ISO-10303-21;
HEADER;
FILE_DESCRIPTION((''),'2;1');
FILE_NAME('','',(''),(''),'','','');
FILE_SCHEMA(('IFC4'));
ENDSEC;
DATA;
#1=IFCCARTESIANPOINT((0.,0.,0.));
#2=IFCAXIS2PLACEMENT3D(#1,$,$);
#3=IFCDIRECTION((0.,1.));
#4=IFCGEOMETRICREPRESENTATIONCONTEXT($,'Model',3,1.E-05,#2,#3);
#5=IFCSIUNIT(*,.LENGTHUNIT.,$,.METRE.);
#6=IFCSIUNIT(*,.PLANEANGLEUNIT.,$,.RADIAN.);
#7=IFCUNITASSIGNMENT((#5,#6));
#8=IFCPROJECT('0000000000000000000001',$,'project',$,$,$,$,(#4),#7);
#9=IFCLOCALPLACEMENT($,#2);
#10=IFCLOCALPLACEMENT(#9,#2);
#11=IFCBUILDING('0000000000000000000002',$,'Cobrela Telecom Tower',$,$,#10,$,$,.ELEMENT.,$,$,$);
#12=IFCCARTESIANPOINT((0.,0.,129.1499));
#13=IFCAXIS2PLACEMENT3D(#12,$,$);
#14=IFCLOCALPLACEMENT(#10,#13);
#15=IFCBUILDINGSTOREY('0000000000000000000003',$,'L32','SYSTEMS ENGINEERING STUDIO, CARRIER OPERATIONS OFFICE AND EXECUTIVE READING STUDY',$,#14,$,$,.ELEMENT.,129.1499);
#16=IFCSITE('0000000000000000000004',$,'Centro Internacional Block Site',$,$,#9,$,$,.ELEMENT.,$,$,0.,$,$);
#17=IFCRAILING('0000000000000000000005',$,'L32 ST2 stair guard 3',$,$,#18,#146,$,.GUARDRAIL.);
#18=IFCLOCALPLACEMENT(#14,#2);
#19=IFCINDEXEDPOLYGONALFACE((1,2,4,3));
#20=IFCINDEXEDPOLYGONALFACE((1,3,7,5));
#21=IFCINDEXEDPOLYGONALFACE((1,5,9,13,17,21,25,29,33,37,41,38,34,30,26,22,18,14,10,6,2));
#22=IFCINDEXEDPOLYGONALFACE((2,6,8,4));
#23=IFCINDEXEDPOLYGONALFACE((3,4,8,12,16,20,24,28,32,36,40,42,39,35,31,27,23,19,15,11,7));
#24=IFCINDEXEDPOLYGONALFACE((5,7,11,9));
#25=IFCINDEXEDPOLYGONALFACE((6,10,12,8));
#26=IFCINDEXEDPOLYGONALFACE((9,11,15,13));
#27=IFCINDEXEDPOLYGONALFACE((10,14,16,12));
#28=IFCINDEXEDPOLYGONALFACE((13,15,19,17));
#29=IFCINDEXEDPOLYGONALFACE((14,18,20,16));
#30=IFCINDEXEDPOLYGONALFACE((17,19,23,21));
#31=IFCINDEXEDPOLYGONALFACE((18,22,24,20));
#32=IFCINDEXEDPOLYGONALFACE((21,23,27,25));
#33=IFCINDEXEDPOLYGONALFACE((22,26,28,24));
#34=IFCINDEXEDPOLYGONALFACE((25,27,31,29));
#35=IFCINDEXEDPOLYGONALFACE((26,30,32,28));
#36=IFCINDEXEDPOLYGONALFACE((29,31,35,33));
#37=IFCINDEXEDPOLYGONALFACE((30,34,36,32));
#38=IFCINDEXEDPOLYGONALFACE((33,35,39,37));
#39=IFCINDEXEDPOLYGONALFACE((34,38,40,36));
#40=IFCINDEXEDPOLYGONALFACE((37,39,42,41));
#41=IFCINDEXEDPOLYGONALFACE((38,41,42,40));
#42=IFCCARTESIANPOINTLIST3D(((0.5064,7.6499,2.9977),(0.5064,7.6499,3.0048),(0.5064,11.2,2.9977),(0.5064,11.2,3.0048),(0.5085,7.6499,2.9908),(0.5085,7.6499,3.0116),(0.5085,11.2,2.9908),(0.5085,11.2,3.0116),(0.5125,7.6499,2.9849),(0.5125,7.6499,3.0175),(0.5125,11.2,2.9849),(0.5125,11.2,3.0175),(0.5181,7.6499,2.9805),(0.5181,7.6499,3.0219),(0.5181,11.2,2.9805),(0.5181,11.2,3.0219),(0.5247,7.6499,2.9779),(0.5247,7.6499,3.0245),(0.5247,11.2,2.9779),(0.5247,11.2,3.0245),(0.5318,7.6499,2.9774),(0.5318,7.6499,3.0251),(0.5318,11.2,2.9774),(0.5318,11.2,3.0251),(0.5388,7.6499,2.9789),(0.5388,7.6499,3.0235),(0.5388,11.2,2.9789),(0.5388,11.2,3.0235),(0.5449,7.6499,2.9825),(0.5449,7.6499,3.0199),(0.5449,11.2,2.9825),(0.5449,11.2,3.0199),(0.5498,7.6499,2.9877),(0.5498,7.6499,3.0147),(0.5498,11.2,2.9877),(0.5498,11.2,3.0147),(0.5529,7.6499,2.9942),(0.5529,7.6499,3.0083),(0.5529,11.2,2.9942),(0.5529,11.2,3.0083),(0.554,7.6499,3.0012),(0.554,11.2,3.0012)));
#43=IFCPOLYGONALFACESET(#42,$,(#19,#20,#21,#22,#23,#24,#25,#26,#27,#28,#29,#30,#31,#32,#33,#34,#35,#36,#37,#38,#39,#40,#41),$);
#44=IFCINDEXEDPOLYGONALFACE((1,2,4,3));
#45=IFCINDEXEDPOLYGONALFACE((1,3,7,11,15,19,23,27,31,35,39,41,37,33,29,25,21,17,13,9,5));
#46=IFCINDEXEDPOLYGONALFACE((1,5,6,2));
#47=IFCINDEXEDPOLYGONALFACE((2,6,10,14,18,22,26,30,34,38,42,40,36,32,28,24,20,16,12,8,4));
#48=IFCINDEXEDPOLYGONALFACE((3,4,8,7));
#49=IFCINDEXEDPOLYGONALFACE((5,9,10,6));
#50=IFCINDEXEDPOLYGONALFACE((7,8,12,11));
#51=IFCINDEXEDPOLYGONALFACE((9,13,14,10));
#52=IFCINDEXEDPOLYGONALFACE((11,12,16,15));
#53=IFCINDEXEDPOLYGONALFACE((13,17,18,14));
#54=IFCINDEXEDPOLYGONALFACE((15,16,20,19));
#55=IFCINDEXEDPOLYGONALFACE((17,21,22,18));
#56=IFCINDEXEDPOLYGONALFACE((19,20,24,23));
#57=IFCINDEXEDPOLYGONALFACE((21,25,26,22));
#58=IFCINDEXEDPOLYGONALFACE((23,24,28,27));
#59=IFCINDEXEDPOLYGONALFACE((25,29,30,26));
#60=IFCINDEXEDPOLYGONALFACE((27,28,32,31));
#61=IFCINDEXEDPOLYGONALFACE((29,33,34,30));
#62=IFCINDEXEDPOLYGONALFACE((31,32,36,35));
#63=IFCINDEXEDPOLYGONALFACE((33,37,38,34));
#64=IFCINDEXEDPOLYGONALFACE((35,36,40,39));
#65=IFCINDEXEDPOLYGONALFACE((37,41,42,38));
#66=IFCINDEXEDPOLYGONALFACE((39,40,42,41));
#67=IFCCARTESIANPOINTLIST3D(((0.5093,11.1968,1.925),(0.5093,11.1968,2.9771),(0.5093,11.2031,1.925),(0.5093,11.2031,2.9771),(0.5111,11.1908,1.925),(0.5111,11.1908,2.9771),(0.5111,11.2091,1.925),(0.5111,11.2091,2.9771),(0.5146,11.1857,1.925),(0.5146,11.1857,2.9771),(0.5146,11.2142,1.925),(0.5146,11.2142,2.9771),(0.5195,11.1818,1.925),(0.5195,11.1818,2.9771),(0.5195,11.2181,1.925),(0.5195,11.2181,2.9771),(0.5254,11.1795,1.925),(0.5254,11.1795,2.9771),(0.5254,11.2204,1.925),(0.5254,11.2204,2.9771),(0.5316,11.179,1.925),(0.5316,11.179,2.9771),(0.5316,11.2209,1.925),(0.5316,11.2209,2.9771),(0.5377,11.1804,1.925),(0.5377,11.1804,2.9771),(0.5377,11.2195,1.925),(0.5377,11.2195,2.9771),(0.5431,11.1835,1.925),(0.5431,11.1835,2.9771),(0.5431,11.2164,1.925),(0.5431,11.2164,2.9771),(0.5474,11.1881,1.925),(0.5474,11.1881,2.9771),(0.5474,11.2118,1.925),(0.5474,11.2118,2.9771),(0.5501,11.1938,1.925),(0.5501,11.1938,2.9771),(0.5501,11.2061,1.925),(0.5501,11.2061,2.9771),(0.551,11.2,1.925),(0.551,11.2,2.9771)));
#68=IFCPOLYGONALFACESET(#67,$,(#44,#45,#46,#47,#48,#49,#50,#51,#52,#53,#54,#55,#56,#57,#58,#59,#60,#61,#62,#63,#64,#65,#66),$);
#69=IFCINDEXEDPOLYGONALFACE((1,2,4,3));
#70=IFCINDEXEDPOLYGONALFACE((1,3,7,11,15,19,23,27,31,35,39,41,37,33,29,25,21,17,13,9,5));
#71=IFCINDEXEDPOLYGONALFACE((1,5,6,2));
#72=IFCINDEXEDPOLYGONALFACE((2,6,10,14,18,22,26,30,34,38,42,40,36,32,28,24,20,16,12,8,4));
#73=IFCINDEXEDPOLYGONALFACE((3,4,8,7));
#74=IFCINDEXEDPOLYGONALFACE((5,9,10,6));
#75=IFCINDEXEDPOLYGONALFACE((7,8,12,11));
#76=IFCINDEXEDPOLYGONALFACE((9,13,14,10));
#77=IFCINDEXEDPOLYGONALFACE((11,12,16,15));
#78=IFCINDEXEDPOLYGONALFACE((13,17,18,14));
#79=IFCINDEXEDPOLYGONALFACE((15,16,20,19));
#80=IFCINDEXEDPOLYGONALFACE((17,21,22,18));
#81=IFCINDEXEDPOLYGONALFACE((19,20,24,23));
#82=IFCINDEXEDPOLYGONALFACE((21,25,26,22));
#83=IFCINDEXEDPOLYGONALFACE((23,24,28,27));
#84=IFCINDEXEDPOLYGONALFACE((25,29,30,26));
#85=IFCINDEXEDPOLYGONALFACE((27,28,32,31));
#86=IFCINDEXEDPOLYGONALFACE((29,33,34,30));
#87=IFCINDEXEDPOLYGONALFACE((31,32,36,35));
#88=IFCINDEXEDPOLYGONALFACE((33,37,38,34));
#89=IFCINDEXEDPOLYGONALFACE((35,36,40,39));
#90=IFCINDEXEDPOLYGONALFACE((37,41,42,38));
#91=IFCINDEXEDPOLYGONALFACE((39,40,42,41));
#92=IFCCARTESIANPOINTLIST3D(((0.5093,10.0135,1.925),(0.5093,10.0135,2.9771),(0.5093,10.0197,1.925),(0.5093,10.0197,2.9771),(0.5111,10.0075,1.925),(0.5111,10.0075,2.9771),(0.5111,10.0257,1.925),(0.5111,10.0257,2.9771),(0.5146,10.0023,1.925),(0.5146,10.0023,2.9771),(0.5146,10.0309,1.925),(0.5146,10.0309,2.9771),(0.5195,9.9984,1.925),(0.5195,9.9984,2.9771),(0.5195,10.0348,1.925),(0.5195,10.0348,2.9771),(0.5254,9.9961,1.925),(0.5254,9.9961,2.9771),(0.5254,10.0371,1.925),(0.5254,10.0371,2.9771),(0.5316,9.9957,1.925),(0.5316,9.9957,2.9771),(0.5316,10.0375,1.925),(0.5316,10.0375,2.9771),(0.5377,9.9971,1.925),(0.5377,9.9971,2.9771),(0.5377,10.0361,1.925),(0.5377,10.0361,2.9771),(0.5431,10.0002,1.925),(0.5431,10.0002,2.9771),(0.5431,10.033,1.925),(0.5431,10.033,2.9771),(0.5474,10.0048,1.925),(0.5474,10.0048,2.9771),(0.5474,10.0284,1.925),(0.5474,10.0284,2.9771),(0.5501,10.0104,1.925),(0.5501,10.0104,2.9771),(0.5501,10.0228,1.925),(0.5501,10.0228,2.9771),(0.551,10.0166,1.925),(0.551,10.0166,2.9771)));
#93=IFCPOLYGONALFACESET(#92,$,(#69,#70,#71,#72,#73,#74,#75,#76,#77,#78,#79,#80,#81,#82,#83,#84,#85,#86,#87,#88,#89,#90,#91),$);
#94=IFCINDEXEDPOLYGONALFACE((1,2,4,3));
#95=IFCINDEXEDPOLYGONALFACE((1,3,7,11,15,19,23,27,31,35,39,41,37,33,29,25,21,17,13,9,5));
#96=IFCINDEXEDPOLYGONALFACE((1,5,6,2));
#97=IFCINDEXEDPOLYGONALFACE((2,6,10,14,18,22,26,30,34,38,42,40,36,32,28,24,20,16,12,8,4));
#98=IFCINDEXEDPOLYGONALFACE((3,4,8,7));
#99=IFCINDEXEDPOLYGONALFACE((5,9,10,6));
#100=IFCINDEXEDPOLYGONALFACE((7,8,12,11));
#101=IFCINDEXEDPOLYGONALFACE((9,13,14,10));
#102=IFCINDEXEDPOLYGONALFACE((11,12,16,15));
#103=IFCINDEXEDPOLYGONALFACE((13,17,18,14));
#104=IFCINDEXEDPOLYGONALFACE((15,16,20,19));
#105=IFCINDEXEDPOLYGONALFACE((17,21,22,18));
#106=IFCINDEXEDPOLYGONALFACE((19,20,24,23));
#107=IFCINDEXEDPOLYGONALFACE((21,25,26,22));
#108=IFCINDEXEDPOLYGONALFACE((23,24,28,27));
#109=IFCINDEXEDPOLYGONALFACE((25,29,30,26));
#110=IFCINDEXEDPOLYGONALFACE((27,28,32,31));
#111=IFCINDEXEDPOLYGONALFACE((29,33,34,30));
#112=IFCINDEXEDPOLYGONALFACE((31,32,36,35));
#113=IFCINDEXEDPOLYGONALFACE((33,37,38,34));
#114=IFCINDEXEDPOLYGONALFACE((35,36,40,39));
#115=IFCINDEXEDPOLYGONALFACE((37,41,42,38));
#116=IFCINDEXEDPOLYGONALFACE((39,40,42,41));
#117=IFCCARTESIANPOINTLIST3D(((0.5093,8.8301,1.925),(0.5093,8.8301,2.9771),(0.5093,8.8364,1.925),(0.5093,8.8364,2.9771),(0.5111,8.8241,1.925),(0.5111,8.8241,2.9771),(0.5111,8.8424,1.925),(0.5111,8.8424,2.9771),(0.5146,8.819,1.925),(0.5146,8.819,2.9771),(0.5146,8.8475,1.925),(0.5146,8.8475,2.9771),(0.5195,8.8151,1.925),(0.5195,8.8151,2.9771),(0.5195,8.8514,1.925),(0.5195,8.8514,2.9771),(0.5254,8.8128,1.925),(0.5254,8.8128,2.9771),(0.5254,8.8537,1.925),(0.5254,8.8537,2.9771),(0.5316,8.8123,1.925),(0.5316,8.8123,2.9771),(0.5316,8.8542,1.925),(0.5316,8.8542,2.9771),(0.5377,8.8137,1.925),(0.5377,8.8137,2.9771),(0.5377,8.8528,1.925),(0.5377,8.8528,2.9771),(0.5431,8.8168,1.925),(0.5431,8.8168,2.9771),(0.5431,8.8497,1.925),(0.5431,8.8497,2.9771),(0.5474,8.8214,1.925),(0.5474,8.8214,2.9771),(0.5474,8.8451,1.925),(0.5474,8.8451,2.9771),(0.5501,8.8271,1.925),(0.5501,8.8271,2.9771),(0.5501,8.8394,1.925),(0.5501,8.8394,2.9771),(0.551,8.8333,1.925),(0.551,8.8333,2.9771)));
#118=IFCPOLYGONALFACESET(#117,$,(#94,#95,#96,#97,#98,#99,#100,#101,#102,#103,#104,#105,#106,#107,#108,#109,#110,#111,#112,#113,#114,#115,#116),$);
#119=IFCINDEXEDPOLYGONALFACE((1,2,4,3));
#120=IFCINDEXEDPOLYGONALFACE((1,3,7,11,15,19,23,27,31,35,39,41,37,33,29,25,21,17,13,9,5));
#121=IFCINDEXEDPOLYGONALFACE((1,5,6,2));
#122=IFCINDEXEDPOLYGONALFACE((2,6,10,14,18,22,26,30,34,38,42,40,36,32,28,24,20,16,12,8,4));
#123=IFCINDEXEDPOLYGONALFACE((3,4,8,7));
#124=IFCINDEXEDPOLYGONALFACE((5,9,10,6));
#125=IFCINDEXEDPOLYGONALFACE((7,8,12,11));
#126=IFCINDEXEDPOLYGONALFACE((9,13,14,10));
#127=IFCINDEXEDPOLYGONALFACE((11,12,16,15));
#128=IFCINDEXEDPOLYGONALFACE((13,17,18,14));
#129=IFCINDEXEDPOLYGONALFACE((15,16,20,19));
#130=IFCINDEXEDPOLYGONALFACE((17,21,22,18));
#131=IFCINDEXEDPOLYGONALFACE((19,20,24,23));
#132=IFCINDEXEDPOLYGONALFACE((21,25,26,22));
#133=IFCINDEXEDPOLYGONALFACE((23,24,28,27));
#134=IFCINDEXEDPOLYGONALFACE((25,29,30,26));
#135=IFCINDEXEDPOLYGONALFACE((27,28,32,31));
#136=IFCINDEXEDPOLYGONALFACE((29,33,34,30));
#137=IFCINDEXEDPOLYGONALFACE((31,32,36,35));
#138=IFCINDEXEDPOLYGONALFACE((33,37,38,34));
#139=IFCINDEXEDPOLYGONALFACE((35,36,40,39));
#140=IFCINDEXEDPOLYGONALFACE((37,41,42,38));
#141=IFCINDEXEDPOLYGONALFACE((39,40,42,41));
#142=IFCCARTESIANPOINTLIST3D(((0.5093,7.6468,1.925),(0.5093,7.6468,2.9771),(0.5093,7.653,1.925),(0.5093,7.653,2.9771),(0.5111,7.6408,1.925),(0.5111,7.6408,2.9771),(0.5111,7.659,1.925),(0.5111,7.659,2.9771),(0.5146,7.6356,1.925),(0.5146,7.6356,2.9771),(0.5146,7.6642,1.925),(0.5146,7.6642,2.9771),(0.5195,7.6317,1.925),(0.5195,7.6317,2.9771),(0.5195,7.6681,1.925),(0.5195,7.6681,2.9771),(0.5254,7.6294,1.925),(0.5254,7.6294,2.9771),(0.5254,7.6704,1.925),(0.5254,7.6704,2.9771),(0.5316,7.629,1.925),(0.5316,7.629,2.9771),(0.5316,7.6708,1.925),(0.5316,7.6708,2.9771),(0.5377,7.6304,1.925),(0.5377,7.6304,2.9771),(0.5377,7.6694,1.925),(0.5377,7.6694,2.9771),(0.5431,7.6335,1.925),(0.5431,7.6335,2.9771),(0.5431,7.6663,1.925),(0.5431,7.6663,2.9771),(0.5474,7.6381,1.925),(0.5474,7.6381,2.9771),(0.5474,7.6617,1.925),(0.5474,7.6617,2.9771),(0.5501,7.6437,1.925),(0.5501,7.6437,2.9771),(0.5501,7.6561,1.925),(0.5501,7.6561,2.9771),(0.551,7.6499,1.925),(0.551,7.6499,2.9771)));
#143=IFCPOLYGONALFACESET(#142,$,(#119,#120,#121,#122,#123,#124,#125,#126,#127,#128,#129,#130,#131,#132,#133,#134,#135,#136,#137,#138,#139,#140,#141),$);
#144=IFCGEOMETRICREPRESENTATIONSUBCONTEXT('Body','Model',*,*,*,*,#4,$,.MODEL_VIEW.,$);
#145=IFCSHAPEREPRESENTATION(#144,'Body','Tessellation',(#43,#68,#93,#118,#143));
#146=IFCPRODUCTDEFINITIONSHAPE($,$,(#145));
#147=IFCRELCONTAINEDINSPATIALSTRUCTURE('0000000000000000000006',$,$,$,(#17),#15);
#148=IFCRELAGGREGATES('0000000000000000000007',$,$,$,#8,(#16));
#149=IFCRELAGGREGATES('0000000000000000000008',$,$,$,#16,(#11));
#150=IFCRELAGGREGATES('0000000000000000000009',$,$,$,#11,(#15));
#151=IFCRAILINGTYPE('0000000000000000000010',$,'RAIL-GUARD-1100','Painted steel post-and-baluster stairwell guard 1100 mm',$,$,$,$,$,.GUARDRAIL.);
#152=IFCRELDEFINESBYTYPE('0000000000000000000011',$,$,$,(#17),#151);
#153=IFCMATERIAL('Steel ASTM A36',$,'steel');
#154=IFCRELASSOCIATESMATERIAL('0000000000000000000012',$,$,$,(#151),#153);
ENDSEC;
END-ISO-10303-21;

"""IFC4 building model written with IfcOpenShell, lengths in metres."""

from ifc_helpers import new_model, si_unit, direction, frame, origin, origin_2d, place, context, subcontext, project, spatial, circle, extrude, material, type_object, element, save


model = new_model("IFC4")

# Units and contexts
model_context = context("Model", 3, precision=1e-05, world=origin(), true_north=direction((0.0, 1.0)))
body_context = subcontext(model_context, "Body", "Model", "MODEL_VIEW")
ifc_project = project(units=[si_unit("LENGTHUNIT", "METRE"), si_unit("PLANEANGLEUNIT", "RADIAN")], contexts=[model_context])

# Site, building, storey
site_placement = place(None, origin())
site = spatial("IfcSite", under=ifc_project, at=site_placement, Name="Centro Internacional Block Site", CompositionType="ELEMENT", RefElevation=0.0)
building_placement = place(site_placement, origin())
building = spatial("IfcBuilding", under=site, at=building_placement, Name="Cobrela Telecom Tower", CompositionType="ELEMENT")
storey_placement = place(building_placement, frame((0.0, 0.0, 129.1499)))
storey = spatial("IfcBuildingStorey", under=building, at=storey_placement, Name="L32", Description="SYSTEMS ENGINEERING STUDIO, CARRIER OPERATIONS OFFICE AND EXECUTIVE READING STUDY", CompositionType="ELEMENT", Elevation=129.1499)

# Shared definitions
ifc_material_1 = material(Name="Steel ASTM A36", Category="steel")

# Railing
railing_type_1 = type_object("IfcRailingType", Name="RAIL-GUARD-1100", Description="Painted steel post-and-baluster stairwell guard 1100 mm", PredefinedType="GUARDRAIL", material=ifc_material_1)
railing_1_placement = place(storey_placement, frame((0.53, 11.2, 1.925)))
element("IfcRailing", 1, at=railing_1_placement, inside=storey, type_object=railing_type_1, Name="L32 ST2 stair guard 3", PredefinedType="GUARDRAIL", context=body_context, shape_type="SweptSolid", body=[
    extrude(circle(Radius=0.0239, at=origin_2d()), frame((0.0, 0.0, 1.0762), z_axis=(0.0, -1.0, 0.0), x_axis=(1.0, 0.0, 0.0)), (0.0, 0.0, 1.0), 3.55),
    extrude(circle(Radius=0.021, at=origin_2d()), origin(), (0.0, 0.0, 1.0), 1.052),
    extrude(circle(Radius=0.021, at=origin_2d()), frame((0.0, -1.1833, 0.0)), (0.0, 0.0, 1.0), 1.052),
    extrude(circle(Radius=0.021, at=origin_2d()), frame((0.0, -2.3667, 0.0)), (0.0, 0.0, 1.0), 1.052),
    extrude(circle(Radius=0.021, at=origin_2d()), frame((0.0, -3.55, 0.0)), (0.0, 0.0, 1.0), 1.052),
])

save(model, "model.ifc")
